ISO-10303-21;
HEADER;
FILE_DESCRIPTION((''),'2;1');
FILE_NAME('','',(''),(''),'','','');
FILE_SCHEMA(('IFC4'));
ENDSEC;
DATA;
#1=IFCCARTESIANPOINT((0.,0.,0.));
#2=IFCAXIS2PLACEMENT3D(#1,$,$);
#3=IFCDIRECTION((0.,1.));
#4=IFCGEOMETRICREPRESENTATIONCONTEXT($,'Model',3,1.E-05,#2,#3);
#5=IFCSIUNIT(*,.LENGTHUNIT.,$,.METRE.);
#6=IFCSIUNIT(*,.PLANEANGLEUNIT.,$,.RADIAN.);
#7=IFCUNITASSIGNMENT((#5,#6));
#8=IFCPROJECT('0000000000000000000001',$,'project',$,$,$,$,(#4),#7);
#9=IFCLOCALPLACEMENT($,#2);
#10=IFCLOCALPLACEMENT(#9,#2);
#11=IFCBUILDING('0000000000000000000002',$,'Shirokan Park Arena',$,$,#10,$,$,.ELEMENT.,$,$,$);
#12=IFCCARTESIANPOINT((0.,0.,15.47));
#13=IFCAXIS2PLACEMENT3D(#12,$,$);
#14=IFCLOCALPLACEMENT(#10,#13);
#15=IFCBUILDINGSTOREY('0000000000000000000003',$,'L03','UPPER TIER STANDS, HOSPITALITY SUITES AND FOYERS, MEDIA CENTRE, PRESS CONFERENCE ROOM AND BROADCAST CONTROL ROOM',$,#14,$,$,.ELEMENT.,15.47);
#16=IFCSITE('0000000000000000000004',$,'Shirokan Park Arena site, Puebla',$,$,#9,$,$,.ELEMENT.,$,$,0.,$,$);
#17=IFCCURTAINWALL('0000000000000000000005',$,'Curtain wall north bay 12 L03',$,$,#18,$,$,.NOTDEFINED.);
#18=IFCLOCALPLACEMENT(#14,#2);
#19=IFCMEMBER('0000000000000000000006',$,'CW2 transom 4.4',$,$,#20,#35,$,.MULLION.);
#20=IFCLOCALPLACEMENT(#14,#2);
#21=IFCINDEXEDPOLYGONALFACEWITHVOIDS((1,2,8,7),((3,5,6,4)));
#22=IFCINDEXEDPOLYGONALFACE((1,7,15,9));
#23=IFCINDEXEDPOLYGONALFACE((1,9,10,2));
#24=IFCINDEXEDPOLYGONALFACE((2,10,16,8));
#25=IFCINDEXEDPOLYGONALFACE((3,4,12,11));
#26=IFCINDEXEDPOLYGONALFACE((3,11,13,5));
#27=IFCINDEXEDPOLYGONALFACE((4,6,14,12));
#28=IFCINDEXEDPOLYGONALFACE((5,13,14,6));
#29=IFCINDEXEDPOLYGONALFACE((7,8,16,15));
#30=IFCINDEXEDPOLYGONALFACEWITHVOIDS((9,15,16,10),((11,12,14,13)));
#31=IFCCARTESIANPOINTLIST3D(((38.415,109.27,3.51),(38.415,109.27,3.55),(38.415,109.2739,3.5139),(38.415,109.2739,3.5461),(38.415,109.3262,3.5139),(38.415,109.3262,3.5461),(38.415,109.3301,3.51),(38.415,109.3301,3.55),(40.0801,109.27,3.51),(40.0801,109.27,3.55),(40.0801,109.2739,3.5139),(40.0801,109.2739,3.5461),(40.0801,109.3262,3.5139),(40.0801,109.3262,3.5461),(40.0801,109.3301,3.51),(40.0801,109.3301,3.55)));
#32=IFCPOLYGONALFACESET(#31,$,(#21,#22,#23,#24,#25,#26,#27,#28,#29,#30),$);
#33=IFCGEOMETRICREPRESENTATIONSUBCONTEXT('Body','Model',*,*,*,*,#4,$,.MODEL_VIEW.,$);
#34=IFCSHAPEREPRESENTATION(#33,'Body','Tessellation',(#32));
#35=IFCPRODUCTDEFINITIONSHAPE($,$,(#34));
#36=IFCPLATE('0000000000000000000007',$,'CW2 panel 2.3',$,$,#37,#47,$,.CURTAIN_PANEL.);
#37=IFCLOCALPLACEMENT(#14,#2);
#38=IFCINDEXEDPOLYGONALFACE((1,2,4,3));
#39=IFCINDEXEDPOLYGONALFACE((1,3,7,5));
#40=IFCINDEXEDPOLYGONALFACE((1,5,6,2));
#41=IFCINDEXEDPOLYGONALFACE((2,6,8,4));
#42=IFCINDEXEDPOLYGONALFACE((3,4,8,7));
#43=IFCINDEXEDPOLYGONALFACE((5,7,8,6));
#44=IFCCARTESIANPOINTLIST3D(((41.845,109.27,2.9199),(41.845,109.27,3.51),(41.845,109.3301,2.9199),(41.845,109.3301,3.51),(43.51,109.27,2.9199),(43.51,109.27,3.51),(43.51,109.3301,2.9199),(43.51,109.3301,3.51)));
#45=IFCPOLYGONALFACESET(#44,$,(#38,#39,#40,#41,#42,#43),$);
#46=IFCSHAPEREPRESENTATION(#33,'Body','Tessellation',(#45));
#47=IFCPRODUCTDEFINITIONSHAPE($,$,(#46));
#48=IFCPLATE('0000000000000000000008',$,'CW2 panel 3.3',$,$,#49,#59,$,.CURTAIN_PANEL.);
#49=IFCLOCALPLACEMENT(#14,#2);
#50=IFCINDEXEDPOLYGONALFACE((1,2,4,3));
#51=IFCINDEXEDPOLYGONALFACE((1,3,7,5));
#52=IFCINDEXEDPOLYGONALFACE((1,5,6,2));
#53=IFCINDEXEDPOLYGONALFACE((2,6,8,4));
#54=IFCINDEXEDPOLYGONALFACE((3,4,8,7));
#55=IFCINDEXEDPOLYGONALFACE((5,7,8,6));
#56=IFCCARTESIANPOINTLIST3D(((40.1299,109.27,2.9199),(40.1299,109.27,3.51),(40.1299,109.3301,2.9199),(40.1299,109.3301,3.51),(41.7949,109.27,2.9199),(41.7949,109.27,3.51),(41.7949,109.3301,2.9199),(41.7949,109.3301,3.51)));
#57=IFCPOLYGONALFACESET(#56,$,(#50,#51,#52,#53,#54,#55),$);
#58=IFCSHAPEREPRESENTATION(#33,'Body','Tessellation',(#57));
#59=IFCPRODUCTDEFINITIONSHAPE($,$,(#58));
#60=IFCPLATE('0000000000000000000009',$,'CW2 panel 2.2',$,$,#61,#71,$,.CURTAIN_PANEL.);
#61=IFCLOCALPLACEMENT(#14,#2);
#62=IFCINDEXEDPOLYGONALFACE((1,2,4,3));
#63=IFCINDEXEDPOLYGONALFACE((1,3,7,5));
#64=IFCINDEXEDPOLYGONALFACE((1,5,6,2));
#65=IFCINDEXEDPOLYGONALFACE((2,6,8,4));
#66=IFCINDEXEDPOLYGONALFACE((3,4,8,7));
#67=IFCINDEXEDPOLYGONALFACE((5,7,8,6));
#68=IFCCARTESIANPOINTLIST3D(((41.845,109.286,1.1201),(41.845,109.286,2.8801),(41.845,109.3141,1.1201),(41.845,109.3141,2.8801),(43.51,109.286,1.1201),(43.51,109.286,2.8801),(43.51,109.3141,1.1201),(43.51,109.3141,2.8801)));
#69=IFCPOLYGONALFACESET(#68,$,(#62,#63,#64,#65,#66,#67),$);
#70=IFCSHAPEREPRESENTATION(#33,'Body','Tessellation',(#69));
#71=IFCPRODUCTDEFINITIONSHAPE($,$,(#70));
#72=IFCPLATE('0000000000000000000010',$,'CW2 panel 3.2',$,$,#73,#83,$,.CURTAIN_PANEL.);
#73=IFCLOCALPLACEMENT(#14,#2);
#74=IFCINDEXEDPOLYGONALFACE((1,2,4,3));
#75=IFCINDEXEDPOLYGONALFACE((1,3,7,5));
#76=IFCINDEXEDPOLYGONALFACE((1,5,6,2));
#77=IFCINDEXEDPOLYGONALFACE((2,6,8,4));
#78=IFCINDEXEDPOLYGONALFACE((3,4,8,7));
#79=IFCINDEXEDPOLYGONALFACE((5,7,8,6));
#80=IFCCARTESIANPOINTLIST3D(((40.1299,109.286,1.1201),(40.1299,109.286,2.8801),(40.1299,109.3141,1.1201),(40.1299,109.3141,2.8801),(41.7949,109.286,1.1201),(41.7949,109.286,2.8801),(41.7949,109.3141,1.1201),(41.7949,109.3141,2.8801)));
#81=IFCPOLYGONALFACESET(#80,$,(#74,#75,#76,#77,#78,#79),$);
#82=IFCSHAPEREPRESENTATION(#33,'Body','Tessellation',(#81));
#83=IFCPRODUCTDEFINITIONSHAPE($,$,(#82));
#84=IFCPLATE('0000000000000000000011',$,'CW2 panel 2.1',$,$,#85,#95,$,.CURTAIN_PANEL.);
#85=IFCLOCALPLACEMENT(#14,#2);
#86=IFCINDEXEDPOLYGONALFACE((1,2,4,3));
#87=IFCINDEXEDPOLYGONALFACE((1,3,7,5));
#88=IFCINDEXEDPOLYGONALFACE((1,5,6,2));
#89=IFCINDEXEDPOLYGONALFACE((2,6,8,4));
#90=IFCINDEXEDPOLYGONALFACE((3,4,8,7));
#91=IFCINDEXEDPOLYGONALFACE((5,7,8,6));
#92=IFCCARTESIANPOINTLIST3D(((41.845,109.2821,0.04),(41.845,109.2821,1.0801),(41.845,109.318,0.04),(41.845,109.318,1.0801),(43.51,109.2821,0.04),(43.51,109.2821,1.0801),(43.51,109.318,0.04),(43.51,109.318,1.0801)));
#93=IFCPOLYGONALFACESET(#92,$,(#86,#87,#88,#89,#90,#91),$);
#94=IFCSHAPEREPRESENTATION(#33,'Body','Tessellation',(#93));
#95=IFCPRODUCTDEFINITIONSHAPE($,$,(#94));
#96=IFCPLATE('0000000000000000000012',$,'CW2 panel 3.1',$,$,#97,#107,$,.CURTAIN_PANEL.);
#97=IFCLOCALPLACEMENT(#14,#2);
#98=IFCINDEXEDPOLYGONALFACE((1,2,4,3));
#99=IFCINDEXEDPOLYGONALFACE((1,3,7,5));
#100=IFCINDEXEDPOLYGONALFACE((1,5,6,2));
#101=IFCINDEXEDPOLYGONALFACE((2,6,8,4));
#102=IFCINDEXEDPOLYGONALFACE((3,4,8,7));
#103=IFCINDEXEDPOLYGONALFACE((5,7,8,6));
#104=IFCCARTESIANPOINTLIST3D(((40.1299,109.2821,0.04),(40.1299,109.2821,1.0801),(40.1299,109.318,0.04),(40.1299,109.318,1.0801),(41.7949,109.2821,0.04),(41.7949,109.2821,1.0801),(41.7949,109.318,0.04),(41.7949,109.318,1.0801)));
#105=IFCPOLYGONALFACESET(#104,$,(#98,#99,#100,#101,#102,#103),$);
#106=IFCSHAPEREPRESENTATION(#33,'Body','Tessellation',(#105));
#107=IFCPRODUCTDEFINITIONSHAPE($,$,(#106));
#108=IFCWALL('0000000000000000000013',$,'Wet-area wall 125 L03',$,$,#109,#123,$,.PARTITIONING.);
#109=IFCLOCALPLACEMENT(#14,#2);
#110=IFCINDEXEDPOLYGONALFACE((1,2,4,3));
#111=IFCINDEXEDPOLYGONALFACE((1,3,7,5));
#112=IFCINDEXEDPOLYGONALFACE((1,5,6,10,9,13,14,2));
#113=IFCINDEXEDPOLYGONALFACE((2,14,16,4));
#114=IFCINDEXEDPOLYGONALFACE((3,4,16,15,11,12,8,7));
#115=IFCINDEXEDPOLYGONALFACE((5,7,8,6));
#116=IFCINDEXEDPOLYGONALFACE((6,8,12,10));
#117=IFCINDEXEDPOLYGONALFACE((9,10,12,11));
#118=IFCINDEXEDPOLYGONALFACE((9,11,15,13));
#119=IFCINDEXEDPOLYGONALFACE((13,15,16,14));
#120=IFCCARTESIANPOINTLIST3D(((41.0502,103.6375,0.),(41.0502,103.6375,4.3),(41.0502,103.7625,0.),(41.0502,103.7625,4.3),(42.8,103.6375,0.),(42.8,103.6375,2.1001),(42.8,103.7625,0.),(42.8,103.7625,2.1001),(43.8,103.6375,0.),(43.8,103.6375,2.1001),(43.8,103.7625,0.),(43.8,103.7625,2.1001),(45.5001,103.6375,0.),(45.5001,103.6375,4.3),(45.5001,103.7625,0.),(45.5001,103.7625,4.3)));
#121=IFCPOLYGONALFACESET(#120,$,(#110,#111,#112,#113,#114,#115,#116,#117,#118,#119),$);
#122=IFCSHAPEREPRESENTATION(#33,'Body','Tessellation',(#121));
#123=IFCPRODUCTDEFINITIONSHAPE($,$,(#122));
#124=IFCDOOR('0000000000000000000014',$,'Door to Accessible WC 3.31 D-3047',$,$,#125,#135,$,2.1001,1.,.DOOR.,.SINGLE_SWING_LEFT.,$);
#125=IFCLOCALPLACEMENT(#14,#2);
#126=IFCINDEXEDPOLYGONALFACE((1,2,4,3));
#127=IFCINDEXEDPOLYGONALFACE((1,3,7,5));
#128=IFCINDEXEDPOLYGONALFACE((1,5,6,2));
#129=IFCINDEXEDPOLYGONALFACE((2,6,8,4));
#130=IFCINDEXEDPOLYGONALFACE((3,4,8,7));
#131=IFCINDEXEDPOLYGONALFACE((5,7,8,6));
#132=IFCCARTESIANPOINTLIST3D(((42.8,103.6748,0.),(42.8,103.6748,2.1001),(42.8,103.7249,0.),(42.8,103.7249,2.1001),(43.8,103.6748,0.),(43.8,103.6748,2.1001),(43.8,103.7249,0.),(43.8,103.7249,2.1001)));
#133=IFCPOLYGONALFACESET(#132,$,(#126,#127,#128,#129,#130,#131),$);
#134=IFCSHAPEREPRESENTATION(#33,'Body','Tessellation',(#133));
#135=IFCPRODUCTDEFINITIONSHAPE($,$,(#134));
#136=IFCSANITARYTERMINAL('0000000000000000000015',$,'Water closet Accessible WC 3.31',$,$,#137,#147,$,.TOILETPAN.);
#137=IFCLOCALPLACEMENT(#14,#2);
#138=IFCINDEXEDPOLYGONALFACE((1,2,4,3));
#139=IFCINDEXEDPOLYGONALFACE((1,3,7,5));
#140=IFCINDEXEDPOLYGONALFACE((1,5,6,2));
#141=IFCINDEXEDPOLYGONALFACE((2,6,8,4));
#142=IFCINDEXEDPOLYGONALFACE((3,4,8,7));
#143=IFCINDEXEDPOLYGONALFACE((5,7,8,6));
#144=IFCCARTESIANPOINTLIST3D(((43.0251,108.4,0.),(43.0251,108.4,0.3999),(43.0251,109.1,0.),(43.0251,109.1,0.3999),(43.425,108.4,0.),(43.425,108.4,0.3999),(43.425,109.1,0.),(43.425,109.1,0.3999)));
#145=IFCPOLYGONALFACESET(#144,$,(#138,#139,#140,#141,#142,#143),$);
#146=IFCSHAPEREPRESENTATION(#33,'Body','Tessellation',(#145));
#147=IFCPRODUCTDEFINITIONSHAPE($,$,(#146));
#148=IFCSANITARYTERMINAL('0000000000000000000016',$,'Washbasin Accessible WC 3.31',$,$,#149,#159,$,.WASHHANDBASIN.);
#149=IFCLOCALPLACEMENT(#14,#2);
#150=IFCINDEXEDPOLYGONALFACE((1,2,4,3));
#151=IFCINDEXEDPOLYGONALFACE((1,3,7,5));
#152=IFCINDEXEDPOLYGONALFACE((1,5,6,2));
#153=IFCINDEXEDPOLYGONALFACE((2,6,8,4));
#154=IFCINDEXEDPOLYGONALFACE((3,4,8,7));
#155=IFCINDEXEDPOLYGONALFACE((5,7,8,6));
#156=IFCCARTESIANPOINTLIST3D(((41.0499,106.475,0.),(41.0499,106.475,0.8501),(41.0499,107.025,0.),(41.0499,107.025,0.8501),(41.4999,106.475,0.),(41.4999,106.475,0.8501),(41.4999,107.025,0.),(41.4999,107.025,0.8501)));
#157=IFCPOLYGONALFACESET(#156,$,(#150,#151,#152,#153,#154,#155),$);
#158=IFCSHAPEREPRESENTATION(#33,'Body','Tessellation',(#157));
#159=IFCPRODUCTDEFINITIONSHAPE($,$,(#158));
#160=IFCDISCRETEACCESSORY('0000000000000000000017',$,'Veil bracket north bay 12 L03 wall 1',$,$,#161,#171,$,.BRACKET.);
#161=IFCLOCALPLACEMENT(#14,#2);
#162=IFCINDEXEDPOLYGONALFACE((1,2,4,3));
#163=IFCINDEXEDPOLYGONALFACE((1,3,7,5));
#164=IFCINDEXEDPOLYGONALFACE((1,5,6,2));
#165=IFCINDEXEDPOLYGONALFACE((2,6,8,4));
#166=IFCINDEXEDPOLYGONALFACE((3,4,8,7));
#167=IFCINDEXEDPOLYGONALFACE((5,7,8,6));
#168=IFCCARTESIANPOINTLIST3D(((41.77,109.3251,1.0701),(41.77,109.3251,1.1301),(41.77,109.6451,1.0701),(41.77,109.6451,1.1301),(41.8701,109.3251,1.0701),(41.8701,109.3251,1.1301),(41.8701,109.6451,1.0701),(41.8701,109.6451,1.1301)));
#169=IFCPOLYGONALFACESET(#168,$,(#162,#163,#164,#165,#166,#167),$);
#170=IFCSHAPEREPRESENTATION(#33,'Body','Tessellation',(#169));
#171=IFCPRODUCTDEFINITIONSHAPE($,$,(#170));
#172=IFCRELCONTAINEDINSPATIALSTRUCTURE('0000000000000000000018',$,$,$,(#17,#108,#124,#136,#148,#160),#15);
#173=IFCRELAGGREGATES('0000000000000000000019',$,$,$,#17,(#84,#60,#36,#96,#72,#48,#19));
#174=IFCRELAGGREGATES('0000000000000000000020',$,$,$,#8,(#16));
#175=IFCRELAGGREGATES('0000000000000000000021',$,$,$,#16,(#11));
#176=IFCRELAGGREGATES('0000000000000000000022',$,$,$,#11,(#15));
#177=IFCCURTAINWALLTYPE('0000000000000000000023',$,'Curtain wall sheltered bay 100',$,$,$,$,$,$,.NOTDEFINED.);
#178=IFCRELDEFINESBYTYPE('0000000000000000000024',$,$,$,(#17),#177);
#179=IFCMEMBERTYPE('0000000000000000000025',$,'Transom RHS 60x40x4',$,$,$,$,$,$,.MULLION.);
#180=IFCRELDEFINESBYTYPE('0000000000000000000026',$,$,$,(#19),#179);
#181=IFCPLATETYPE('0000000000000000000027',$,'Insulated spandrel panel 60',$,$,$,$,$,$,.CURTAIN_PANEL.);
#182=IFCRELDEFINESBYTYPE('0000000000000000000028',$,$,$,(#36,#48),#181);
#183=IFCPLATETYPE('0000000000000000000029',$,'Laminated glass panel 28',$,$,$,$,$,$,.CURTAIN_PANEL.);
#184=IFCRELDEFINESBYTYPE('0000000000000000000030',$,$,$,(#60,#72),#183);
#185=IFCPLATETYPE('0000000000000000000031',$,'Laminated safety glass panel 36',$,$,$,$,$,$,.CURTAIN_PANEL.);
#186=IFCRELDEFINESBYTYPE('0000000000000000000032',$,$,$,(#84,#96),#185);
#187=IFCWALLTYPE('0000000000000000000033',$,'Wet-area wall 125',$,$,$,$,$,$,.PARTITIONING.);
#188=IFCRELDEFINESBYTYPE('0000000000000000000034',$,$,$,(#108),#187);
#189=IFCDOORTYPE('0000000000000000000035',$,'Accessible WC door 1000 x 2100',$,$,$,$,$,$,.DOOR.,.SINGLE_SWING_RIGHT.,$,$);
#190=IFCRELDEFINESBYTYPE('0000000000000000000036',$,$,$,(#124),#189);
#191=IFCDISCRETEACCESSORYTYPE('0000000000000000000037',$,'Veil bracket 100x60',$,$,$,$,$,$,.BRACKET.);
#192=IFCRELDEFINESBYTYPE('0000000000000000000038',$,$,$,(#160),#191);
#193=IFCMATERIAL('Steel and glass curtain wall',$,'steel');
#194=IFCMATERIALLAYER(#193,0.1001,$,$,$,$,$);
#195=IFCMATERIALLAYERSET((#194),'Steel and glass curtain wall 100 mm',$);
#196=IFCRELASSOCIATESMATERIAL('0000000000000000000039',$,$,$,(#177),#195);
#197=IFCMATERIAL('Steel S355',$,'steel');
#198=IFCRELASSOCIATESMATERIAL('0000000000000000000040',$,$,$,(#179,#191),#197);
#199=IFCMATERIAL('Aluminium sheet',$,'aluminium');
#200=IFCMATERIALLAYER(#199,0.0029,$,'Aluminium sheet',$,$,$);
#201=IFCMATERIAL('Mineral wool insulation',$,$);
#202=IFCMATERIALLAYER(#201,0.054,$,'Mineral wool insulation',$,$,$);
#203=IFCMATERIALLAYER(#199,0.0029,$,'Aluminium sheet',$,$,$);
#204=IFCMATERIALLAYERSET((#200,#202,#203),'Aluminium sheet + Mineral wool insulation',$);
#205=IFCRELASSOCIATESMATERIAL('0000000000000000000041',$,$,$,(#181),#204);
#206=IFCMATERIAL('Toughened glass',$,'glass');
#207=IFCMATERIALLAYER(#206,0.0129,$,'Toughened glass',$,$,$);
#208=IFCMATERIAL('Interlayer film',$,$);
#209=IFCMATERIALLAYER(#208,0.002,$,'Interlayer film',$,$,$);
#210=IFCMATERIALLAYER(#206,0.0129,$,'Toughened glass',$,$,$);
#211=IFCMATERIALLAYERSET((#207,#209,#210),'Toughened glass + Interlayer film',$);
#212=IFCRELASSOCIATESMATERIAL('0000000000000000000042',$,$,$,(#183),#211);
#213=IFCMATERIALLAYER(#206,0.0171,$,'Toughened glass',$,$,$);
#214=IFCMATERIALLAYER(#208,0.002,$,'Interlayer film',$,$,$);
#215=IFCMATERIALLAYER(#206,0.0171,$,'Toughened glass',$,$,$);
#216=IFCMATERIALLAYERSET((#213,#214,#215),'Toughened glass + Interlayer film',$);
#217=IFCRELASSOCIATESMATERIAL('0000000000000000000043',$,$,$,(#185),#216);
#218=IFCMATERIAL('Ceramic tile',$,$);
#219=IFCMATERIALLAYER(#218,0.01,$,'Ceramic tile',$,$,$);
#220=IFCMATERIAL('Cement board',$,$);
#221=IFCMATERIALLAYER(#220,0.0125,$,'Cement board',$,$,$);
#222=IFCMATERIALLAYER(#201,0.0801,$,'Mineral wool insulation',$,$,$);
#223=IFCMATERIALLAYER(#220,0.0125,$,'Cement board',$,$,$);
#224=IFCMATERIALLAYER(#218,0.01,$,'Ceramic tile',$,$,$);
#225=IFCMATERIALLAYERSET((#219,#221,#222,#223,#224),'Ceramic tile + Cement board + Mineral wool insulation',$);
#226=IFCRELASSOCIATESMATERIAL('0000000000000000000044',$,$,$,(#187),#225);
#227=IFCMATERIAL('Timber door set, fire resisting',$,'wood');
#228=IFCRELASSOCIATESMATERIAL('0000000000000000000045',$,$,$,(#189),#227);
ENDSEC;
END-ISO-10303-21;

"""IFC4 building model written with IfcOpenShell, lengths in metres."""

from ifc_helpers import new_model, si_unit, direction, frame, frame_2d, origin, origin_2d, place, context, subcontext, project, spatial, rectangle, hollow_rectangle, extrude, material, layer, layer_set, material_profile, profile_set, type_object, element, fill, aggregate, save


model = new_model("IFC4")

# Units and contexts
model_context = context("Model", 3, precision=1e-05, world=origin(), true_north=direction((0.0, 1.0)))
body_context = subcontext(model_context, "Body", "Model", "MODEL_VIEW")
ifc_project = project(units=[si_unit("LENGTHUNIT", "METRE"), si_unit("PLANEANGLEUNIT", "RADIAN")], contexts=[model_context])

# Site, building, storey
site_placement = place(None, origin())
site = spatial("IfcSite", under=ifc_project, at=site_placement, Name="Shirokan Park Arena site, Puebla", CompositionType="ELEMENT", RefElevation=0.0)
building_placement = place(site_placement, origin())
building = spatial("IfcBuilding", under=site, at=building_placement, Name="Shirokan Park Arena", CompositionType="ELEMENT")
storey_placement = place(building_placement, frame((0.0, 0.0, 15.47)))
storey = spatial("IfcBuildingStorey", under=building, at=storey_placement, Name="L03", Description="UPPER TIER STANDS, HOSPITALITY SUITES AND FOYERS, MEDIA CENTRE, PRESS CONFERENCE ROOM AND BROADCAST CONTROL ROOM", CompositionType="ELEMENT", Elevation=15.47)

# Curtain wall, member, plates
ifc_material_1 = material(Name="Steel and glass curtain wall", Category="steel")
ifc_layer_1 = layer(ifc_material_1, 0.1001)
ifc_layer_set_1 = layer_set([ifc_layer_1], Name="Steel and glass curtain wall 100 mm")
curtain_wall_type = type_object("IfcCurtainWallType", Name="Curtain wall sheltered bay 100", PredefinedType="NOTDEFINED", material=ifc_layer_set_1)
curtain_wall_placement = place(storey_placement, origin())
curtain_wall = element("IfcCurtainWall", 1, at=curtain_wall_placement, inside=storey, type_object=curtain_wall_type, Name="Curtain wall north bay 12 L03", PredefinedType="NOTDEFINED")
ifc_material_2 = material(Name="Steel S355", Category="steel")
ifc_material_profile_1 = material_profile(ifc_material_2, hollow_rectangle(XDim=0.0601, YDim=0.04, WallThickness=0.0039, at=origin_2d()), Name="RHS 60x40x4")
ifc_profile_set_1 = profile_set([ifc_material_profile_1], Name="Steel S355")
member_type_1 = type_object("IfcMemberType", Name="Transom RHS 60x40x4", PredefinedType="MULLION", material=ifc_profile_set_1)
member_1_placement = place(storey_placement, frame((40.0801, 109.3, 3.53), z_axis=(-1.0, 0.0, 0.0), x_axis=(0.0, -1.0, 0.0)))
member_1 = element("IfcMember", 2, at=member_1_placement, type_object=member_type_1, Name="CW2 transom 4.4", PredefinedType="MULLION", context=body_context, shape_type="SweptSolid", body=[
    extrude(hollow_rectangle(XDim=0.0601, YDim=0.04, WallThickness=0.0039, at=origin_2d()), origin(), (0.0, 0.0, 1.0), 1.665),
])
ifc_material_3 = material(Name="Aluminium sheet", Category="aluminium")
ifc_layer_2 = layer(ifc_material_3, 0.0029, Name="Aluminium sheet")
ifc_material_4 = material(Name="Mineral wool insulation")
ifc_layer_3 = layer(ifc_material_4, 0.054, Name="Mineral wool insulation")
ifc_layer_4 = layer(ifc_material_3, 0.0029, Name="Aluminium sheet")
ifc_layer_set_2 = layer_set([ifc_layer_2, ifc_layer_3, ifc_layer_4], Name="Aluminium sheet + Mineral wool insulation")
plate_type_1 = type_object("IfcPlateType", Name="Insulated spandrel panel 60", PredefinedType="CURTAIN_PANEL", material=ifc_layer_set_2)
plate_1_placement = place(storey_placement, frame((42.6775, 109.3, 2.9199), z_axis=(0.0, 0.0, 1.0), x_axis=(-1.0, 0.0, 0.0)))
plate_1 = element("IfcPlate", 3, at=plate_1_placement, type_object=plate_type_1, Name="CW2 panel 2.3", PredefinedType="CURTAIN_PANEL", context=body_context, shape_type="SweptSolid", body=[
    extrude(rectangle(XDim=1.665, YDim=0.0601, at=origin_2d()), origin(), (0.0, 0.0, 1.0), 0.5901),
])
plate_2_placement = place(storey_placement, frame((40.9624, 109.3, 2.9199), z_axis=(0.0, 0.0, 1.0), x_axis=(-1.0, 0.0, 0.0)))
plate_2 = element("IfcPlate", 4, at=plate_2_placement, type_object=plate_type_1, Name="CW2 panel 3.3", PredefinedType="CURTAIN_PANEL", context=body_context, shape_type="SweptSolid", body=[
    extrude(rectangle(XDim=1.665, YDim=0.0601, at=origin_2d()), origin(), (0.0, 0.0, 1.0), 0.5901),
])
ifc_material_5 = material(Name="Toughened glass", Category="glass")
ifc_layer_5 = layer(ifc_material_5, 0.0129, Name="Toughened glass")
ifc_material_6 = material(Name="Interlayer film")
ifc_layer_6 = layer(ifc_material_6, 0.002, Name="Interlayer film")
ifc_layer_7 = layer(ifc_material_5, 0.0129, Name="Toughened glass")
ifc_layer_set_3 = layer_set([ifc_layer_5, ifc_layer_6, ifc_layer_7], Name="Toughened glass + Interlayer film")
plate_type_2 = type_object("IfcPlateType", Name="Laminated glass panel 28", PredefinedType="CURTAIN_PANEL", material=ifc_layer_set_3)
plate_3_placement = place(storey_placement, frame((42.6775, 109.3, 1.1201), z_axis=(0.0, 0.0, 1.0), x_axis=(-1.0, 0.0, 0.0)))
plate_3 = element("IfcPlate", 5, at=plate_3_placement, type_object=plate_type_2, Name="CW2 panel 2.2", PredefinedType="CURTAIN_PANEL", context=body_context, shape_type="SweptSolid", body=[
    extrude(rectangle(XDim=1.665, YDim=0.0281, at=origin_2d()), origin(), (0.0, 0.0, 1.0), 1.76),
])
plate_4_placement = place(storey_placement, frame((40.9624, 109.3, 1.1201), z_axis=(0.0, 0.0, 1.0), x_axis=(-1.0, 0.0, 0.0)))
plate_4 = element("IfcPlate", 6, at=plate_4_placement, type_object=plate_type_2, Name="CW2 panel 3.2", PredefinedType="CURTAIN_PANEL", context=body_context, shape_type="SweptSolid", body=[
    extrude(rectangle(XDim=1.665, YDim=0.0281, at=origin_2d()), origin(), (0.0, 0.0, 1.0), 1.76),
])
ifc_layer_8 = layer(ifc_material_5, 0.0171, Name="Toughened glass")
ifc_layer_9 = layer(ifc_material_6, 0.002, Name="Interlayer film")
ifc_layer_10 = layer(ifc_material_5, 0.0171, Name="Toughened glass")
ifc_layer_set_4 = layer_set([ifc_layer_8, ifc_layer_9, ifc_layer_10], Name="Toughened glass + Interlayer film")
plate_type_3 = type_object("IfcPlateType", Name="Laminated safety glass panel 36", PredefinedType="CURTAIN_PANEL", material=ifc_layer_set_4)
plate_5_placement = place(storey_placement, frame((42.6775, 109.3, 0.04), z_axis=(0.0, 0.0, 1.0), x_axis=(-1.0, 0.0, 0.0)))
plate_5 = element("IfcPlate", 7, at=plate_5_placement, type_object=plate_type_3, Name="CW2 panel 2.1", PredefinedType="CURTAIN_PANEL", context=body_context, shape_type="SweptSolid", body=[
    extrude(rectangle(XDim=1.665, YDim=0.0359, at=origin_2d()), origin(), (0.0, 0.0, 1.0), 1.04),
])
plate_6_placement = place(storey_placement, frame((40.9624, 109.3, 0.04), z_axis=(0.0, 0.0, 1.0), x_axis=(-1.0, 0.0, 0.0)))
plate_6 = element("IfcPlate", 8, at=plate_6_placement, type_object=plate_type_3, Name="CW2 panel 3.1", PredefinedType="CURTAIN_PANEL", context=body_context, shape_type="SweptSolid", body=[
    extrude(rectangle(XDim=1.665, YDim=0.0359, at=origin_2d()), origin(), (0.0, 0.0, 1.0), 1.04),
])
aggregate(curtain_wall, [plate_5, plate_3, plate_1, plate_6, plate_4, plate_2, member_1])

# Wall, opening, door
ifc_material_7 = material(Name="Ceramic tile")
ifc_layer_11 = layer(ifc_material_7, 0.01, Name="Ceramic tile")
ifc_material_8 = material(Name="Cement board")
ifc_layer_12 = layer(ifc_material_8, 0.0125, Name="Cement board")
ifc_layer_13 = layer(ifc_material_4, 0.0801, Name="Mineral wool insulation")
ifc_layer_14 = layer(ifc_material_8, 0.0125, Name="Cement board")
ifc_layer_15 = layer(ifc_material_7, 0.01, Name="Ceramic tile")
ifc_layer_set_5 = layer_set([ifc_layer_11, ifc_layer_12, ifc_layer_13, ifc_layer_14, ifc_layer_15], Name="Ceramic tile + Cement board + Mineral wool insulation")
wall_type = type_object("IfcWallType", Name="Wet-area wall 125", PredefinedType="PARTITIONING", material=ifc_layer_set_5)
wall_placement = place(storey_placement, frame((41.05, 103.7, 0.0), z_axis=(0.0, 0.0, 1.0), x_axis=(1.0, 0.0, 0.0)))
wall = element("IfcWall", 9, at=wall_placement, inside=storey, type_object=wall_type, Name="Wet-area wall 125 L03", PredefinedType="PARTITIONING", context=body_context, shape_type="SweptSolid", body=[
    extrude(rectangle(XDim=4.45, YDim=0.125, at=frame_2d((2.2251, 0.0))), origin(), (0.0, 0.0, 1.0), 4.3),
])
opening_placement = place(wall_placement, frame((1.75, 0.0, 0.0)))
opening = element("IfcOpeningElement", 10, at=opening_placement, cuts=wall, PredefinedType="OPENING", context=body_context, shape_type="SweptSolid", body=[
    extrude(rectangle(XDim=1.0, YDim=2.1001, at=frame_2d((0.5, 1.05))), frame((0.0, 0.0725, 0.0), z_axis=(0.0, -1.0, 0.0), x_axis=(1.0, 0.0, 0.0)), (0.0, 0.0, 1.0), 0.145),
])
ifc_material_9 = material(Name="Timber door set, fire resisting", Category="wood")
door_type = type_object("IfcDoorType", Name="Accessible WC door 1000 x 2100", OperationType="SINGLE_SWING_RIGHT", PredefinedType="DOOR", material=ifc_material_9)
door_placement = place(opening_placement, origin())
door = element("IfcDoor", 11, at=door_placement, inside=storey, type_object=door_type, Name="Door to Accessible WC 3.31 D-3047", OperationType="SINGLE_SWING_LEFT", OverallHeight=2.1001, OverallWidth=1.0, PredefinedType="DOOR", context=body_context, shape_type="SweptSolid", body=[
    extrude(rectangle(XDim=1.0, YDim=2.1001, at=frame_2d((0.5, 1.05))), frame((0.0, 0.0249, 0.0), z_axis=(0.0, -1.0, 0.0), x_axis=(1.0, 0.0, 0.0)), (0.0, 0.0, 1.0), 0.05),
])
fill(opening, door)

# Sanitary terminals
sanitary_terminal_1_placement = place(storey_placement, frame((43.2251, 108.75, 0.0), z_axis=(0.0, 0.0, 1.0), x_axis=(1.0, 0.0, 0.0)))
element("IfcSanitaryTerminal", 12, at=sanitary_terminal_1_placement, inside=storey, Name="Water closet Accessible WC 3.31", PredefinedType="TOILETPAN", context=body_context, shape_type="SweptSolid", body=[
    extrude(rectangle(XDim=0.3999, YDim=0.7, at=origin_2d()), origin(), (0.0, 0.0, 1.0), 0.3999),
])
sanitary_terminal_2_placement = place(storey_placement, frame((41.2749, 106.75, 0.0), z_axis=(0.0, 0.0, 1.0), x_axis=(1.0, 0.0, 0.0)))
element("IfcSanitaryTerminal", 13, at=sanitary_terminal_2_placement, inside=storey, Name="Washbasin Accessible WC 3.31", PredefinedType="WASHHANDBASIN", context=body_context, shape_type="SweptSolid", body=[
    extrude(rectangle(XDim=0.45, YDim=0.55, at=origin_2d()), origin(), (0.0, 0.0, 1.0), 0.8501),
])

# Discrete accessory
discrete_accessory_type = type_object("IfcDiscreteAccessoryType", Name="Veil bracket 100x60", PredefinedType="BRACKET", material=ifc_material_2)
for number, where, z_axis, x_axis, name in (
    (14, (41.8201, 109.4851, 1.0701), (0.0, 0.0, 1.0), (-1.0, 0.0, 0.0), "Veil bracket north bay 12 L03 wall 1"),
):
    element("IfcDiscreteAccessory", number, at=place(storey_placement, frame(where, z_axis=z_axis, x_axis=x_axis)), inside=storey, type_object=discrete_accessory_type, Name=name, PredefinedType="BRACKET", context=body_context, shape_type="SweptSolid", body=[
        extrude(rectangle(XDim=0.1001, YDim=0.3201, at=origin_2d()), origin(), (0.0, 0.0, 1.0), 0.0601),
    ])

save(model, "model.ifc")
